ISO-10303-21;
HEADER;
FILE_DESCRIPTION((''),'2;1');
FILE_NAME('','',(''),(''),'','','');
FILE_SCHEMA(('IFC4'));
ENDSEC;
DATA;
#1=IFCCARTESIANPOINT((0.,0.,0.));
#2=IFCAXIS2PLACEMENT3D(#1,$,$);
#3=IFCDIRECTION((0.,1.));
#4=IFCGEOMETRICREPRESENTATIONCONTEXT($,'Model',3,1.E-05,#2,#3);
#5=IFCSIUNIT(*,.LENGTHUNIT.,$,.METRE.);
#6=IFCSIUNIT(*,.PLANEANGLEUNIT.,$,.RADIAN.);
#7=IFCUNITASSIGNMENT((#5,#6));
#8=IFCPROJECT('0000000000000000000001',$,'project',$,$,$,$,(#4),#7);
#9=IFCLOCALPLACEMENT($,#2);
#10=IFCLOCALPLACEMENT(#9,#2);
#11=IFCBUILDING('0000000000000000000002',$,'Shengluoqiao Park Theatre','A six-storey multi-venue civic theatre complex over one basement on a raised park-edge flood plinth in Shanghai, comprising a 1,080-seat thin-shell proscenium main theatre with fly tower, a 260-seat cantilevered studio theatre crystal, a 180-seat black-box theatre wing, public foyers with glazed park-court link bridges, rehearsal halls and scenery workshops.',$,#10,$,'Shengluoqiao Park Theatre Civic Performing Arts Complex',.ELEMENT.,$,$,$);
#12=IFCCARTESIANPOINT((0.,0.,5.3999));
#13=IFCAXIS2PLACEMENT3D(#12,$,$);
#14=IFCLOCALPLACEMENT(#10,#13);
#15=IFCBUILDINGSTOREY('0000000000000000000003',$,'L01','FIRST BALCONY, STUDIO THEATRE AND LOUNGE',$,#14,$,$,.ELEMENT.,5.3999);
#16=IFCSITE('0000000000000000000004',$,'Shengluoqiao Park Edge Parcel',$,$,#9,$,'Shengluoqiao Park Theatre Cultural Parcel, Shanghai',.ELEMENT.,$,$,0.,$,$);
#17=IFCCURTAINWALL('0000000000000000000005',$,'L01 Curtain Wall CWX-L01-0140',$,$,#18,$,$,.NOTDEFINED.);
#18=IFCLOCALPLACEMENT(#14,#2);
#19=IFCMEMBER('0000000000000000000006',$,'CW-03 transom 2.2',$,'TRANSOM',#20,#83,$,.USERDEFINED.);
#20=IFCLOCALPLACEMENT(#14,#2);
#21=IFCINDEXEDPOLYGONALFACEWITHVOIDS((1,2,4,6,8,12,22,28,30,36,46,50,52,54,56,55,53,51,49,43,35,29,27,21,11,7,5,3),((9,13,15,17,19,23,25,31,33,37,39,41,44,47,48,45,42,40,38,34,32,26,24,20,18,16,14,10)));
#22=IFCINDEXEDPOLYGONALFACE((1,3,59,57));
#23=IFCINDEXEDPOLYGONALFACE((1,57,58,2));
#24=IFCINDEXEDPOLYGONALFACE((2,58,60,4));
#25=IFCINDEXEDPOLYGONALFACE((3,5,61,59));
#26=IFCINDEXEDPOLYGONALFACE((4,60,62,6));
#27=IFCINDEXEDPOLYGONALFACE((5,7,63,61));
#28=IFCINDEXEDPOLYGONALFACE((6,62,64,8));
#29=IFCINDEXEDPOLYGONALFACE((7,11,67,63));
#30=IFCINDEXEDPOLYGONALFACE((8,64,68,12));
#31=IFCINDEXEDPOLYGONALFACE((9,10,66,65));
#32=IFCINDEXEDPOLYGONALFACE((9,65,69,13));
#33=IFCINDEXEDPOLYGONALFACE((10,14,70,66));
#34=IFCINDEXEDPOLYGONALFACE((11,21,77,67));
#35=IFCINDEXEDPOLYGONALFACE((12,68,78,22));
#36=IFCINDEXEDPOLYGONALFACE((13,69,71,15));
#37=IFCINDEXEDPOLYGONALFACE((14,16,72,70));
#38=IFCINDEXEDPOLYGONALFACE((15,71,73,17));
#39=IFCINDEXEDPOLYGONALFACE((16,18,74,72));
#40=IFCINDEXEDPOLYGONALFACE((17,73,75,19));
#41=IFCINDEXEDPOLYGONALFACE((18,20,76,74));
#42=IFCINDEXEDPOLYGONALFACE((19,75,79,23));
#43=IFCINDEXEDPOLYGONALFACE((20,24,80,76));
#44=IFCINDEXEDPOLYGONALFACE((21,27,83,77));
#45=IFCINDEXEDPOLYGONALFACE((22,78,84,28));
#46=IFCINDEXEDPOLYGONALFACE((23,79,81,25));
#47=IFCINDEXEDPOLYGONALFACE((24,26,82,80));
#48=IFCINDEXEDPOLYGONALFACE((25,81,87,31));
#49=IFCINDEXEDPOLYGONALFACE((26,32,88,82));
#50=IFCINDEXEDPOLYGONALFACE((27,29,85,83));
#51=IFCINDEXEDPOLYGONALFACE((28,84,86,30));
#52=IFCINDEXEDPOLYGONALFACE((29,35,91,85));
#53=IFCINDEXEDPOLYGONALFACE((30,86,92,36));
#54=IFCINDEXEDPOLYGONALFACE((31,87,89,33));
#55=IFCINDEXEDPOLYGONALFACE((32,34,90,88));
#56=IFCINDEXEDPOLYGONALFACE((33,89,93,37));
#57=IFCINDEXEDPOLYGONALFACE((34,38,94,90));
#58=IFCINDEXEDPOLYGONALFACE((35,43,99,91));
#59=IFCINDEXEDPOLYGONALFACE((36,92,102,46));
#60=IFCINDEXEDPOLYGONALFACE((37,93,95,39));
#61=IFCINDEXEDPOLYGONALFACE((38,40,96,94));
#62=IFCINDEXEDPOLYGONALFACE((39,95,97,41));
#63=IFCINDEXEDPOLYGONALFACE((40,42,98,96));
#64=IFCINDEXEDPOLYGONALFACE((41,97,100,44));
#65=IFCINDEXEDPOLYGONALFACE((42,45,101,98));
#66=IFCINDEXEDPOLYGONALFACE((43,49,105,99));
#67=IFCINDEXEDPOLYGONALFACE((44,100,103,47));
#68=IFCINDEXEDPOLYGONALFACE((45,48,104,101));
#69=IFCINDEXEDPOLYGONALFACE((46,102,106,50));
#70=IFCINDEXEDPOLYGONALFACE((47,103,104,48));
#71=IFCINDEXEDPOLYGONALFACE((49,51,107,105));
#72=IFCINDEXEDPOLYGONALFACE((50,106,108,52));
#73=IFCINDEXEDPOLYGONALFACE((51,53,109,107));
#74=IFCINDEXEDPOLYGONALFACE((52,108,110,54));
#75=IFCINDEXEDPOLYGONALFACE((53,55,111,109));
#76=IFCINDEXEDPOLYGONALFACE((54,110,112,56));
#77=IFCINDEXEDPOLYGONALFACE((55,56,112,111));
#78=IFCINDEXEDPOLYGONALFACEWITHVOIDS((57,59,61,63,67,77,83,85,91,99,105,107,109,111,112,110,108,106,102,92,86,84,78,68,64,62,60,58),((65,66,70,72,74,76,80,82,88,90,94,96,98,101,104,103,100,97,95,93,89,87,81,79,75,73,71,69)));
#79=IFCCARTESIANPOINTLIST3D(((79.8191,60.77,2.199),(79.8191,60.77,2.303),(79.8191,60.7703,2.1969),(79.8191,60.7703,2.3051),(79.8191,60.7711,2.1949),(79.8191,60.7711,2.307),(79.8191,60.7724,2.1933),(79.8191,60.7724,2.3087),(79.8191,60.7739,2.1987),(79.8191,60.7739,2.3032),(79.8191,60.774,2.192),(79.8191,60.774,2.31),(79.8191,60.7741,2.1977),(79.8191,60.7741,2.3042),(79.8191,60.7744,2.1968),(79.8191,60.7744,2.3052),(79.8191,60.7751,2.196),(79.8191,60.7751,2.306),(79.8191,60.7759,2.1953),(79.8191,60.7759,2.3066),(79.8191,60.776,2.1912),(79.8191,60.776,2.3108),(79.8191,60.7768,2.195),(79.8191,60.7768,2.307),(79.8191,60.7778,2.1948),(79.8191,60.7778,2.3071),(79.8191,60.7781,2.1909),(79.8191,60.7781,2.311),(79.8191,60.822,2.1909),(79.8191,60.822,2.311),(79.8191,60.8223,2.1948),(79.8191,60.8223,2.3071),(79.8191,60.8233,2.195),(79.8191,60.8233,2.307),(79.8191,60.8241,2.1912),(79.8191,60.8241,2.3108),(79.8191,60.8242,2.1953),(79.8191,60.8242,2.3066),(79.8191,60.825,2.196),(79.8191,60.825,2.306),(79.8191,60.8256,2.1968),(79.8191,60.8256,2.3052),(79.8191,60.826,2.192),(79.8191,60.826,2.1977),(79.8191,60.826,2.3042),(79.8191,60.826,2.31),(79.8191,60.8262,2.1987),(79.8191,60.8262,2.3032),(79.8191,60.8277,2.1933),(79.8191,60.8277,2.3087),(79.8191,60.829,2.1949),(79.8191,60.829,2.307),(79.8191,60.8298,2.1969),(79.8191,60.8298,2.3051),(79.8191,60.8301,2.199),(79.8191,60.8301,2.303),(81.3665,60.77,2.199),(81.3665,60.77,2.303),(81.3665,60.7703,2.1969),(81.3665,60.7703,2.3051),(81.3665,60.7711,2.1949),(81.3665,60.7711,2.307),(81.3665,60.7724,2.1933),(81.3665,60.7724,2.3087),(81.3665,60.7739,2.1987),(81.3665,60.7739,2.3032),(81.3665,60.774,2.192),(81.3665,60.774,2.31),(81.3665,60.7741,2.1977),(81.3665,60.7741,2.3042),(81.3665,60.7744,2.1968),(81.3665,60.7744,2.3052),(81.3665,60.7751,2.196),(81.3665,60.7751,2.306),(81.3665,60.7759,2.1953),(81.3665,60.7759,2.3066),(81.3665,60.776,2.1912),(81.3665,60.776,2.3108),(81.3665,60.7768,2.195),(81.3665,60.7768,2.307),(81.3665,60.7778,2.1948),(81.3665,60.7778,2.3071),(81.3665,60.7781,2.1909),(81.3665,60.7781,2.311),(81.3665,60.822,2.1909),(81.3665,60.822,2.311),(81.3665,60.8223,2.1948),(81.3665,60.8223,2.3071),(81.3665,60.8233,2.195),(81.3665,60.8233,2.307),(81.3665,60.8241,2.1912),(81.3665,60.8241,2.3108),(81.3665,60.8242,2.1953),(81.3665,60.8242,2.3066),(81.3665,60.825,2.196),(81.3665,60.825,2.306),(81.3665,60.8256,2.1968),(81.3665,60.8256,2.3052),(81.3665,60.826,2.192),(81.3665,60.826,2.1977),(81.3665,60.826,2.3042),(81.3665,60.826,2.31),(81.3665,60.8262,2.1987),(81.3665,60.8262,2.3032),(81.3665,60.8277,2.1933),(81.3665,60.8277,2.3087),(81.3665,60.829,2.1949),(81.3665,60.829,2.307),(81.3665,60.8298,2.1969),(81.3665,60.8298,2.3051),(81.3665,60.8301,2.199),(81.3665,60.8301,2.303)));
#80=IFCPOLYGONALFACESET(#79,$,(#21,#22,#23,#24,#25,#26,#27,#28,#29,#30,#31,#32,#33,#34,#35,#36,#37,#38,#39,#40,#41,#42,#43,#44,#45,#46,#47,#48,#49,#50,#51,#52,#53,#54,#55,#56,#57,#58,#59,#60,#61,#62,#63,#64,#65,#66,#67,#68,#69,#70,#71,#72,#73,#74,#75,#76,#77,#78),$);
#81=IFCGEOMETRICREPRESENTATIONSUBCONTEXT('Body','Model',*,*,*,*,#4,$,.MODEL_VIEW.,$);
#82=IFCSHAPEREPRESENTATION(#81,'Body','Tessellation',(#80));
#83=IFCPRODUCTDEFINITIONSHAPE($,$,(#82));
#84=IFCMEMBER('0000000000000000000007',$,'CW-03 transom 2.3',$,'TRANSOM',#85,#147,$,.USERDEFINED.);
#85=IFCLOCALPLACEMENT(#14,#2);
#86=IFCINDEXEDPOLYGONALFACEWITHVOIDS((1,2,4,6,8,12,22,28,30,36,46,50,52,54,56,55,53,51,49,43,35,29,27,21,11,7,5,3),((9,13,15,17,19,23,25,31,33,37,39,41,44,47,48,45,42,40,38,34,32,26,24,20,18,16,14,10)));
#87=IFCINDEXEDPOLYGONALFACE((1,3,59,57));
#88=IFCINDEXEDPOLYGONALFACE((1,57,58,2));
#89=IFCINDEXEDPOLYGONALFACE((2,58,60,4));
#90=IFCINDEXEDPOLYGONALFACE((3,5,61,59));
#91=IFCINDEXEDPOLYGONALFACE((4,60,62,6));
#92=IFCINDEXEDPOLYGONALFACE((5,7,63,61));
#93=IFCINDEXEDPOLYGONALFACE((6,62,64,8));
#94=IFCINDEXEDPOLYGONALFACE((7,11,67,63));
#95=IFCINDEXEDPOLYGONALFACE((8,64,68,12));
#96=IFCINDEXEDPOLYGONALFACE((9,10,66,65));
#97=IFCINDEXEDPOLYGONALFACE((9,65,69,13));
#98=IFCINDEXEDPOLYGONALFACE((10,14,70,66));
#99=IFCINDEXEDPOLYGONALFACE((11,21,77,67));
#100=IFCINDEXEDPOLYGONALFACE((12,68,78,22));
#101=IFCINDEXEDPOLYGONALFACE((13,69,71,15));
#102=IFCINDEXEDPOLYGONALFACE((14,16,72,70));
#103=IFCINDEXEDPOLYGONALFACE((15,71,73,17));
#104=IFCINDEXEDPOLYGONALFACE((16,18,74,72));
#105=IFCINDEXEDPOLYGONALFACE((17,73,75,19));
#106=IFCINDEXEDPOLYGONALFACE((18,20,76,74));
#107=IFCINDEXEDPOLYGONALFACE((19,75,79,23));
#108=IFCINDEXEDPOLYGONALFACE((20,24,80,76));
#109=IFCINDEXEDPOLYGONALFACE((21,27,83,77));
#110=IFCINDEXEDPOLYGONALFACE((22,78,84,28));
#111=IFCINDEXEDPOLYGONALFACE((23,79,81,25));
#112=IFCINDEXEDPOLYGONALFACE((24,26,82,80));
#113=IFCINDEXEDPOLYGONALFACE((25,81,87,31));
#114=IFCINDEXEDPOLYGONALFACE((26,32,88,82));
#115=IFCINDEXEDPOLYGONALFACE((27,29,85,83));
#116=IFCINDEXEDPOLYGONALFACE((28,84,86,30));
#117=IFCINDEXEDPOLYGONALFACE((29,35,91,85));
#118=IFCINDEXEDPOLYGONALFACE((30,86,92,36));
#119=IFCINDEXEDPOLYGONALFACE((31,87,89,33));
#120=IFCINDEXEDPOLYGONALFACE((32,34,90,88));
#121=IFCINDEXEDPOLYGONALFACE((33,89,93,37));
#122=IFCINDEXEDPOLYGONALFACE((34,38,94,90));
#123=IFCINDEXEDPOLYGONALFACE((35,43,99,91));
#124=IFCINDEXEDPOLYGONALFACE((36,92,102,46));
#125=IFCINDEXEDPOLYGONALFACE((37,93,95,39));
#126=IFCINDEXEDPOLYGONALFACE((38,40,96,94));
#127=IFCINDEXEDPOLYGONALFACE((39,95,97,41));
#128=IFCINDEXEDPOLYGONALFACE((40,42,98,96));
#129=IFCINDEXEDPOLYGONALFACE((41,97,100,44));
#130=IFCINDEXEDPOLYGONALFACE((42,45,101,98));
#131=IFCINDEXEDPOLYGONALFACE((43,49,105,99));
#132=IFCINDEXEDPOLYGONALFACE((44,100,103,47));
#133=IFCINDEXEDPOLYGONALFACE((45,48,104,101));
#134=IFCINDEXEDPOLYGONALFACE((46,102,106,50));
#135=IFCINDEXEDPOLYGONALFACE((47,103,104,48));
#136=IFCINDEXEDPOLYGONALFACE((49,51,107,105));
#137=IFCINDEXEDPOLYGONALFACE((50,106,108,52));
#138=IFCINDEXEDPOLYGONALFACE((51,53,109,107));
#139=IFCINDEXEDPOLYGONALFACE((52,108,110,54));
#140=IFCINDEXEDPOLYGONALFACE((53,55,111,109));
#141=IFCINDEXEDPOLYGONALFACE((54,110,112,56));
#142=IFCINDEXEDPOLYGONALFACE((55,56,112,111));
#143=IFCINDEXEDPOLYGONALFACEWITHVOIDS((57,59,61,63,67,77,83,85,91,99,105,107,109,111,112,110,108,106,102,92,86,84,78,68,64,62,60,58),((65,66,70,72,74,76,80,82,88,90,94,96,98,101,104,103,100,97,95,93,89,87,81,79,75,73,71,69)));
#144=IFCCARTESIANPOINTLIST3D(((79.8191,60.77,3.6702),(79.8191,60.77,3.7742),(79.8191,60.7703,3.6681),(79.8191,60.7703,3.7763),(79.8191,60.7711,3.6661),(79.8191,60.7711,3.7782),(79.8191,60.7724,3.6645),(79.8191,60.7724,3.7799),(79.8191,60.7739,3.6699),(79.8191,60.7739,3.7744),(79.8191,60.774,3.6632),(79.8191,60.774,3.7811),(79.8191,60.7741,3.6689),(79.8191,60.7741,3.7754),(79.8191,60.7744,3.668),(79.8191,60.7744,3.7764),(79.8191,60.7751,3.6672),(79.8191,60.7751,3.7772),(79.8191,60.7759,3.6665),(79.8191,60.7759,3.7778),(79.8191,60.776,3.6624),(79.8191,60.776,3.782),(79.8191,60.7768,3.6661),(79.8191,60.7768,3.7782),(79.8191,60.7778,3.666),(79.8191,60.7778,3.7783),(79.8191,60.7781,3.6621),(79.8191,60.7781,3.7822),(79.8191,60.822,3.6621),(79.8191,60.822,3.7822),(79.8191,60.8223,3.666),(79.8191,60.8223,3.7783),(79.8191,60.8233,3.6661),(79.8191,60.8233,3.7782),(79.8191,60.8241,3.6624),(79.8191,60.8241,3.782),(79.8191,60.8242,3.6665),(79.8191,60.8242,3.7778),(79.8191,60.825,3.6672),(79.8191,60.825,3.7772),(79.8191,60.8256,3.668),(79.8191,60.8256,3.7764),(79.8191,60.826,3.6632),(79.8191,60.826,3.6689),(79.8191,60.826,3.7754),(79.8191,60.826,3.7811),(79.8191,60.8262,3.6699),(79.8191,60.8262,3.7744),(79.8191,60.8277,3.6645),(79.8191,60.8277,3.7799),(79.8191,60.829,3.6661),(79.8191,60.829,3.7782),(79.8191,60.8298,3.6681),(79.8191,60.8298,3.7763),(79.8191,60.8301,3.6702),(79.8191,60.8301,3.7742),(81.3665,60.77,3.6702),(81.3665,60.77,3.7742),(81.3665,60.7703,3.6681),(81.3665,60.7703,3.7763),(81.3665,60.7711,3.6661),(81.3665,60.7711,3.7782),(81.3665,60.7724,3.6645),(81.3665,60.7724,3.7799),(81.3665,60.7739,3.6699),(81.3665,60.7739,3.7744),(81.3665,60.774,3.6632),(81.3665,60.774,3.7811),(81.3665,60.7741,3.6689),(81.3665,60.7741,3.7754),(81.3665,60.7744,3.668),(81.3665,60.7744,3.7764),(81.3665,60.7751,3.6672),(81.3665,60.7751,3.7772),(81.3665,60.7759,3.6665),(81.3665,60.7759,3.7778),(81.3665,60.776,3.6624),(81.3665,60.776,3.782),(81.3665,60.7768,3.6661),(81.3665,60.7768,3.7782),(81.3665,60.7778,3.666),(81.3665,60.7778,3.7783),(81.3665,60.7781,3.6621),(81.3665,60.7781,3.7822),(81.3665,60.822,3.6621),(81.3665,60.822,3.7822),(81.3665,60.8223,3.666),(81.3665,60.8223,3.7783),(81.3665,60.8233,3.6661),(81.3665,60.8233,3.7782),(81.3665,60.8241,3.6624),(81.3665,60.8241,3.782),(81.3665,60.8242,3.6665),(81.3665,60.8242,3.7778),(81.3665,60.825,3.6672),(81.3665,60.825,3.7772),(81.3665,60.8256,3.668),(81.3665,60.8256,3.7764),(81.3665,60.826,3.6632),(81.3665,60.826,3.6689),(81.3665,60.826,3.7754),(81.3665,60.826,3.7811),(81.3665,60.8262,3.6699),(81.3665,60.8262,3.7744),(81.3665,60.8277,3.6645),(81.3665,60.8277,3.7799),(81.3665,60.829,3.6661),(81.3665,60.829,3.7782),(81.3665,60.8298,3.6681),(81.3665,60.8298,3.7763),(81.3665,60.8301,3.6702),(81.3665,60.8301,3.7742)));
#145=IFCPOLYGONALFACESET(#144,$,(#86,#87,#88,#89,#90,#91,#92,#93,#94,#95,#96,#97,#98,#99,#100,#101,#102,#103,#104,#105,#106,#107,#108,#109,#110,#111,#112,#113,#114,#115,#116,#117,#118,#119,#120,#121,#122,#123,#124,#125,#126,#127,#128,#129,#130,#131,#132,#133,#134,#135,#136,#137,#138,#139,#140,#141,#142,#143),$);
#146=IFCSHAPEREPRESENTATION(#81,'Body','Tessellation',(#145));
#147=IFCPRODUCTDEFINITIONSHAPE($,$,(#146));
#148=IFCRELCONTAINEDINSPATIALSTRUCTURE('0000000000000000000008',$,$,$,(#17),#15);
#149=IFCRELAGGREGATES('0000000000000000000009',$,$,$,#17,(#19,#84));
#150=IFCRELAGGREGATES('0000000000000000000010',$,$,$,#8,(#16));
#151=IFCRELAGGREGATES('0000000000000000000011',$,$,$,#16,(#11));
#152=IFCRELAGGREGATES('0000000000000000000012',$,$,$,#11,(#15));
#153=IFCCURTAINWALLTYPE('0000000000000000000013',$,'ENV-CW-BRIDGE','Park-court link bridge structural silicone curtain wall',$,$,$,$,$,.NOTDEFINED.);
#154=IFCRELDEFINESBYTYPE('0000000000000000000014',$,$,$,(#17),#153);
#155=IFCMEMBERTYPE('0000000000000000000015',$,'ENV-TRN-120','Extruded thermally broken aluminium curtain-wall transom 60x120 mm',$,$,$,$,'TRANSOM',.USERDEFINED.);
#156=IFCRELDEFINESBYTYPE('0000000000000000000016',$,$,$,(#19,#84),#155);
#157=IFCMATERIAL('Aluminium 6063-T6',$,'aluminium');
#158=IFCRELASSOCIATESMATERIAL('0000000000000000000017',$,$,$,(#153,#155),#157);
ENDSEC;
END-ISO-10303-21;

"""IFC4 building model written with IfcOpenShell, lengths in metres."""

from ifc_helpers import new_model, si_unit, direction, frame, origin, origin_2d, place, context, subcontext, project, spatial, hollow_rectangle, extrude, material, material_profile, profile_set, type_object, element, aggregate, save


model = new_model("IFC4")

# Units and contexts
model_context = context("Model", 3, precision=1e-05, world=origin(), true_north=direction((0.0, 1.0)))
body_context = subcontext(model_context, "Body", "Model", "MODEL_VIEW")
ifc_project = project(units=[si_unit("LENGTHUNIT", "METRE"), si_unit("PLANEANGLEUNIT", "RADIAN")], contexts=[model_context])

# Site, building, storey
site_placement = place(None, origin())
site = spatial("IfcSite", under=ifc_project, at=site_placement, Name="Shengluoqiao Park Edge Parcel", LongName="Shengluoqiao Park Theatre Cultural Parcel, Shanghai", CompositionType="ELEMENT", RefElevation=0.0)
building_placement = place(site_placement, origin())
building = spatial("IfcBuilding", under=site, at=building_placement, Name="Shengluoqiao Park Theatre", Description="A six-storey multi-venue civic theatre complex over one basement on a raised park-edge flood plinth in Shanghai, comprising a 1,080-seat thin-shell proscenium main theatre with fly tower, a 260-seat cantilevered studio theatre crystal, a 180-seat black-box theatre wing, public foyers with glazed park-court link bridges, rehearsal halls and scenery workshops.", LongName="Shengluoqiao Park Theatre Civic Performing Arts Complex", CompositionType="ELEMENT")
storey_placement = place(building_placement, frame((0.0, 0.0, 5.3999)))
storey = spatial("IfcBuildingStorey", under=building, at=storey_placement, Name="L01", Description="FIRST BALCONY, STUDIO THEATRE AND LOUNGE", CompositionType="ELEMENT", Elevation=5.3999)

# Shared definitions
ifc_material_1 = material(Name="Aluminium 6063-T6", Category="aluminium")
curtain_wall_type = type_object("IfcCurtainWallType", Name="ENV-CW-BRIDGE", Description="Park-court link bridge structural silicone curtain wall", PredefinedType="NOTDEFINED", material=ifc_material_1)

# Curtain wall, members
curtain_wall_1_placement = place(storey_placement, origin())
curtain_wall_1 = element("IfcCurtainWall", 1, at=curtain_wall_1_placement, inside=storey, type_object=curtain_wall_type, Name="L01 Curtain Wall CWX-L01-0140", PredefinedType="NOTDEFINED")
ifc_material_profile_1 = material_profile(ifc_material_1, hollow_rectangle(XDim=0.0601, YDim=0.1201, WallThickness=0.0039, InnerFilletRadius=0.0039, OuterFilletRadius=0.0081, at=origin_2d()), Name="ALU TRANSOM 120x60x4")
ifc_profile_set_1 = profile_set([ifc_material_profile_1], Name="Aluminium 6063-T6")
member_type_1 = type_object("IfcMemberType", Name="ENV-TRN-120", Description="Extruded thermally broken aluminium curtain-wall transom 60x120 mm", ElementType="TRANSOM", PredefinedType="USERDEFINED", material=ifc_profile_set_1)
member_1_placement = place(storey_placement, frame((79.8191, 60.8, 2.251), z_axis=(1.0, 0.0, 0.0), x_axis=(0.0, 1.0, 0.0)))
member_1 = element("IfcMember", 2, at=member_1_placement, type_object=member_type_1, Name="CW-03 transom 2.2", ObjectType="TRANSOM", PredefinedType="USERDEFINED", context=body_context, shape_type="SweptSolid", body=[
    extrude(hollow_rectangle(XDim=0.0601, YDim=0.1201, WallThickness=0.0039, InnerFilletRadius=0.0039, OuterFilletRadius=0.0081, at=origin_2d()), origin(), (0.0, 0.0, 1.0), 1.5474),
])
member_2_placement = place(storey_placement, frame((79.8191, 60.8, 3.7222), z_axis=(1.0, 0.0, 0.0), x_axis=(0.0, 1.0, 0.0)))
member_2 = element("IfcMember", 3, at=member_2_placement, type_object=member_type_1, Name="CW-03 transom 2.3", ObjectType="TRANSOM", PredefinedType="USERDEFINED", context=body_context, shape_type="SweptSolid", body=[
    extrude(hollow_rectangle(XDim=0.0601, YDim=0.1201, WallThickness=0.0039, InnerFilletRadius=0.0039, OuterFilletRadius=0.0081, at=origin_2d()), origin(), (0.0, 0.0, 1.0), 1.5474),
])

aggregate(curtain_wall_1, [member_1, member_2])

save(model, "model.ifc")
